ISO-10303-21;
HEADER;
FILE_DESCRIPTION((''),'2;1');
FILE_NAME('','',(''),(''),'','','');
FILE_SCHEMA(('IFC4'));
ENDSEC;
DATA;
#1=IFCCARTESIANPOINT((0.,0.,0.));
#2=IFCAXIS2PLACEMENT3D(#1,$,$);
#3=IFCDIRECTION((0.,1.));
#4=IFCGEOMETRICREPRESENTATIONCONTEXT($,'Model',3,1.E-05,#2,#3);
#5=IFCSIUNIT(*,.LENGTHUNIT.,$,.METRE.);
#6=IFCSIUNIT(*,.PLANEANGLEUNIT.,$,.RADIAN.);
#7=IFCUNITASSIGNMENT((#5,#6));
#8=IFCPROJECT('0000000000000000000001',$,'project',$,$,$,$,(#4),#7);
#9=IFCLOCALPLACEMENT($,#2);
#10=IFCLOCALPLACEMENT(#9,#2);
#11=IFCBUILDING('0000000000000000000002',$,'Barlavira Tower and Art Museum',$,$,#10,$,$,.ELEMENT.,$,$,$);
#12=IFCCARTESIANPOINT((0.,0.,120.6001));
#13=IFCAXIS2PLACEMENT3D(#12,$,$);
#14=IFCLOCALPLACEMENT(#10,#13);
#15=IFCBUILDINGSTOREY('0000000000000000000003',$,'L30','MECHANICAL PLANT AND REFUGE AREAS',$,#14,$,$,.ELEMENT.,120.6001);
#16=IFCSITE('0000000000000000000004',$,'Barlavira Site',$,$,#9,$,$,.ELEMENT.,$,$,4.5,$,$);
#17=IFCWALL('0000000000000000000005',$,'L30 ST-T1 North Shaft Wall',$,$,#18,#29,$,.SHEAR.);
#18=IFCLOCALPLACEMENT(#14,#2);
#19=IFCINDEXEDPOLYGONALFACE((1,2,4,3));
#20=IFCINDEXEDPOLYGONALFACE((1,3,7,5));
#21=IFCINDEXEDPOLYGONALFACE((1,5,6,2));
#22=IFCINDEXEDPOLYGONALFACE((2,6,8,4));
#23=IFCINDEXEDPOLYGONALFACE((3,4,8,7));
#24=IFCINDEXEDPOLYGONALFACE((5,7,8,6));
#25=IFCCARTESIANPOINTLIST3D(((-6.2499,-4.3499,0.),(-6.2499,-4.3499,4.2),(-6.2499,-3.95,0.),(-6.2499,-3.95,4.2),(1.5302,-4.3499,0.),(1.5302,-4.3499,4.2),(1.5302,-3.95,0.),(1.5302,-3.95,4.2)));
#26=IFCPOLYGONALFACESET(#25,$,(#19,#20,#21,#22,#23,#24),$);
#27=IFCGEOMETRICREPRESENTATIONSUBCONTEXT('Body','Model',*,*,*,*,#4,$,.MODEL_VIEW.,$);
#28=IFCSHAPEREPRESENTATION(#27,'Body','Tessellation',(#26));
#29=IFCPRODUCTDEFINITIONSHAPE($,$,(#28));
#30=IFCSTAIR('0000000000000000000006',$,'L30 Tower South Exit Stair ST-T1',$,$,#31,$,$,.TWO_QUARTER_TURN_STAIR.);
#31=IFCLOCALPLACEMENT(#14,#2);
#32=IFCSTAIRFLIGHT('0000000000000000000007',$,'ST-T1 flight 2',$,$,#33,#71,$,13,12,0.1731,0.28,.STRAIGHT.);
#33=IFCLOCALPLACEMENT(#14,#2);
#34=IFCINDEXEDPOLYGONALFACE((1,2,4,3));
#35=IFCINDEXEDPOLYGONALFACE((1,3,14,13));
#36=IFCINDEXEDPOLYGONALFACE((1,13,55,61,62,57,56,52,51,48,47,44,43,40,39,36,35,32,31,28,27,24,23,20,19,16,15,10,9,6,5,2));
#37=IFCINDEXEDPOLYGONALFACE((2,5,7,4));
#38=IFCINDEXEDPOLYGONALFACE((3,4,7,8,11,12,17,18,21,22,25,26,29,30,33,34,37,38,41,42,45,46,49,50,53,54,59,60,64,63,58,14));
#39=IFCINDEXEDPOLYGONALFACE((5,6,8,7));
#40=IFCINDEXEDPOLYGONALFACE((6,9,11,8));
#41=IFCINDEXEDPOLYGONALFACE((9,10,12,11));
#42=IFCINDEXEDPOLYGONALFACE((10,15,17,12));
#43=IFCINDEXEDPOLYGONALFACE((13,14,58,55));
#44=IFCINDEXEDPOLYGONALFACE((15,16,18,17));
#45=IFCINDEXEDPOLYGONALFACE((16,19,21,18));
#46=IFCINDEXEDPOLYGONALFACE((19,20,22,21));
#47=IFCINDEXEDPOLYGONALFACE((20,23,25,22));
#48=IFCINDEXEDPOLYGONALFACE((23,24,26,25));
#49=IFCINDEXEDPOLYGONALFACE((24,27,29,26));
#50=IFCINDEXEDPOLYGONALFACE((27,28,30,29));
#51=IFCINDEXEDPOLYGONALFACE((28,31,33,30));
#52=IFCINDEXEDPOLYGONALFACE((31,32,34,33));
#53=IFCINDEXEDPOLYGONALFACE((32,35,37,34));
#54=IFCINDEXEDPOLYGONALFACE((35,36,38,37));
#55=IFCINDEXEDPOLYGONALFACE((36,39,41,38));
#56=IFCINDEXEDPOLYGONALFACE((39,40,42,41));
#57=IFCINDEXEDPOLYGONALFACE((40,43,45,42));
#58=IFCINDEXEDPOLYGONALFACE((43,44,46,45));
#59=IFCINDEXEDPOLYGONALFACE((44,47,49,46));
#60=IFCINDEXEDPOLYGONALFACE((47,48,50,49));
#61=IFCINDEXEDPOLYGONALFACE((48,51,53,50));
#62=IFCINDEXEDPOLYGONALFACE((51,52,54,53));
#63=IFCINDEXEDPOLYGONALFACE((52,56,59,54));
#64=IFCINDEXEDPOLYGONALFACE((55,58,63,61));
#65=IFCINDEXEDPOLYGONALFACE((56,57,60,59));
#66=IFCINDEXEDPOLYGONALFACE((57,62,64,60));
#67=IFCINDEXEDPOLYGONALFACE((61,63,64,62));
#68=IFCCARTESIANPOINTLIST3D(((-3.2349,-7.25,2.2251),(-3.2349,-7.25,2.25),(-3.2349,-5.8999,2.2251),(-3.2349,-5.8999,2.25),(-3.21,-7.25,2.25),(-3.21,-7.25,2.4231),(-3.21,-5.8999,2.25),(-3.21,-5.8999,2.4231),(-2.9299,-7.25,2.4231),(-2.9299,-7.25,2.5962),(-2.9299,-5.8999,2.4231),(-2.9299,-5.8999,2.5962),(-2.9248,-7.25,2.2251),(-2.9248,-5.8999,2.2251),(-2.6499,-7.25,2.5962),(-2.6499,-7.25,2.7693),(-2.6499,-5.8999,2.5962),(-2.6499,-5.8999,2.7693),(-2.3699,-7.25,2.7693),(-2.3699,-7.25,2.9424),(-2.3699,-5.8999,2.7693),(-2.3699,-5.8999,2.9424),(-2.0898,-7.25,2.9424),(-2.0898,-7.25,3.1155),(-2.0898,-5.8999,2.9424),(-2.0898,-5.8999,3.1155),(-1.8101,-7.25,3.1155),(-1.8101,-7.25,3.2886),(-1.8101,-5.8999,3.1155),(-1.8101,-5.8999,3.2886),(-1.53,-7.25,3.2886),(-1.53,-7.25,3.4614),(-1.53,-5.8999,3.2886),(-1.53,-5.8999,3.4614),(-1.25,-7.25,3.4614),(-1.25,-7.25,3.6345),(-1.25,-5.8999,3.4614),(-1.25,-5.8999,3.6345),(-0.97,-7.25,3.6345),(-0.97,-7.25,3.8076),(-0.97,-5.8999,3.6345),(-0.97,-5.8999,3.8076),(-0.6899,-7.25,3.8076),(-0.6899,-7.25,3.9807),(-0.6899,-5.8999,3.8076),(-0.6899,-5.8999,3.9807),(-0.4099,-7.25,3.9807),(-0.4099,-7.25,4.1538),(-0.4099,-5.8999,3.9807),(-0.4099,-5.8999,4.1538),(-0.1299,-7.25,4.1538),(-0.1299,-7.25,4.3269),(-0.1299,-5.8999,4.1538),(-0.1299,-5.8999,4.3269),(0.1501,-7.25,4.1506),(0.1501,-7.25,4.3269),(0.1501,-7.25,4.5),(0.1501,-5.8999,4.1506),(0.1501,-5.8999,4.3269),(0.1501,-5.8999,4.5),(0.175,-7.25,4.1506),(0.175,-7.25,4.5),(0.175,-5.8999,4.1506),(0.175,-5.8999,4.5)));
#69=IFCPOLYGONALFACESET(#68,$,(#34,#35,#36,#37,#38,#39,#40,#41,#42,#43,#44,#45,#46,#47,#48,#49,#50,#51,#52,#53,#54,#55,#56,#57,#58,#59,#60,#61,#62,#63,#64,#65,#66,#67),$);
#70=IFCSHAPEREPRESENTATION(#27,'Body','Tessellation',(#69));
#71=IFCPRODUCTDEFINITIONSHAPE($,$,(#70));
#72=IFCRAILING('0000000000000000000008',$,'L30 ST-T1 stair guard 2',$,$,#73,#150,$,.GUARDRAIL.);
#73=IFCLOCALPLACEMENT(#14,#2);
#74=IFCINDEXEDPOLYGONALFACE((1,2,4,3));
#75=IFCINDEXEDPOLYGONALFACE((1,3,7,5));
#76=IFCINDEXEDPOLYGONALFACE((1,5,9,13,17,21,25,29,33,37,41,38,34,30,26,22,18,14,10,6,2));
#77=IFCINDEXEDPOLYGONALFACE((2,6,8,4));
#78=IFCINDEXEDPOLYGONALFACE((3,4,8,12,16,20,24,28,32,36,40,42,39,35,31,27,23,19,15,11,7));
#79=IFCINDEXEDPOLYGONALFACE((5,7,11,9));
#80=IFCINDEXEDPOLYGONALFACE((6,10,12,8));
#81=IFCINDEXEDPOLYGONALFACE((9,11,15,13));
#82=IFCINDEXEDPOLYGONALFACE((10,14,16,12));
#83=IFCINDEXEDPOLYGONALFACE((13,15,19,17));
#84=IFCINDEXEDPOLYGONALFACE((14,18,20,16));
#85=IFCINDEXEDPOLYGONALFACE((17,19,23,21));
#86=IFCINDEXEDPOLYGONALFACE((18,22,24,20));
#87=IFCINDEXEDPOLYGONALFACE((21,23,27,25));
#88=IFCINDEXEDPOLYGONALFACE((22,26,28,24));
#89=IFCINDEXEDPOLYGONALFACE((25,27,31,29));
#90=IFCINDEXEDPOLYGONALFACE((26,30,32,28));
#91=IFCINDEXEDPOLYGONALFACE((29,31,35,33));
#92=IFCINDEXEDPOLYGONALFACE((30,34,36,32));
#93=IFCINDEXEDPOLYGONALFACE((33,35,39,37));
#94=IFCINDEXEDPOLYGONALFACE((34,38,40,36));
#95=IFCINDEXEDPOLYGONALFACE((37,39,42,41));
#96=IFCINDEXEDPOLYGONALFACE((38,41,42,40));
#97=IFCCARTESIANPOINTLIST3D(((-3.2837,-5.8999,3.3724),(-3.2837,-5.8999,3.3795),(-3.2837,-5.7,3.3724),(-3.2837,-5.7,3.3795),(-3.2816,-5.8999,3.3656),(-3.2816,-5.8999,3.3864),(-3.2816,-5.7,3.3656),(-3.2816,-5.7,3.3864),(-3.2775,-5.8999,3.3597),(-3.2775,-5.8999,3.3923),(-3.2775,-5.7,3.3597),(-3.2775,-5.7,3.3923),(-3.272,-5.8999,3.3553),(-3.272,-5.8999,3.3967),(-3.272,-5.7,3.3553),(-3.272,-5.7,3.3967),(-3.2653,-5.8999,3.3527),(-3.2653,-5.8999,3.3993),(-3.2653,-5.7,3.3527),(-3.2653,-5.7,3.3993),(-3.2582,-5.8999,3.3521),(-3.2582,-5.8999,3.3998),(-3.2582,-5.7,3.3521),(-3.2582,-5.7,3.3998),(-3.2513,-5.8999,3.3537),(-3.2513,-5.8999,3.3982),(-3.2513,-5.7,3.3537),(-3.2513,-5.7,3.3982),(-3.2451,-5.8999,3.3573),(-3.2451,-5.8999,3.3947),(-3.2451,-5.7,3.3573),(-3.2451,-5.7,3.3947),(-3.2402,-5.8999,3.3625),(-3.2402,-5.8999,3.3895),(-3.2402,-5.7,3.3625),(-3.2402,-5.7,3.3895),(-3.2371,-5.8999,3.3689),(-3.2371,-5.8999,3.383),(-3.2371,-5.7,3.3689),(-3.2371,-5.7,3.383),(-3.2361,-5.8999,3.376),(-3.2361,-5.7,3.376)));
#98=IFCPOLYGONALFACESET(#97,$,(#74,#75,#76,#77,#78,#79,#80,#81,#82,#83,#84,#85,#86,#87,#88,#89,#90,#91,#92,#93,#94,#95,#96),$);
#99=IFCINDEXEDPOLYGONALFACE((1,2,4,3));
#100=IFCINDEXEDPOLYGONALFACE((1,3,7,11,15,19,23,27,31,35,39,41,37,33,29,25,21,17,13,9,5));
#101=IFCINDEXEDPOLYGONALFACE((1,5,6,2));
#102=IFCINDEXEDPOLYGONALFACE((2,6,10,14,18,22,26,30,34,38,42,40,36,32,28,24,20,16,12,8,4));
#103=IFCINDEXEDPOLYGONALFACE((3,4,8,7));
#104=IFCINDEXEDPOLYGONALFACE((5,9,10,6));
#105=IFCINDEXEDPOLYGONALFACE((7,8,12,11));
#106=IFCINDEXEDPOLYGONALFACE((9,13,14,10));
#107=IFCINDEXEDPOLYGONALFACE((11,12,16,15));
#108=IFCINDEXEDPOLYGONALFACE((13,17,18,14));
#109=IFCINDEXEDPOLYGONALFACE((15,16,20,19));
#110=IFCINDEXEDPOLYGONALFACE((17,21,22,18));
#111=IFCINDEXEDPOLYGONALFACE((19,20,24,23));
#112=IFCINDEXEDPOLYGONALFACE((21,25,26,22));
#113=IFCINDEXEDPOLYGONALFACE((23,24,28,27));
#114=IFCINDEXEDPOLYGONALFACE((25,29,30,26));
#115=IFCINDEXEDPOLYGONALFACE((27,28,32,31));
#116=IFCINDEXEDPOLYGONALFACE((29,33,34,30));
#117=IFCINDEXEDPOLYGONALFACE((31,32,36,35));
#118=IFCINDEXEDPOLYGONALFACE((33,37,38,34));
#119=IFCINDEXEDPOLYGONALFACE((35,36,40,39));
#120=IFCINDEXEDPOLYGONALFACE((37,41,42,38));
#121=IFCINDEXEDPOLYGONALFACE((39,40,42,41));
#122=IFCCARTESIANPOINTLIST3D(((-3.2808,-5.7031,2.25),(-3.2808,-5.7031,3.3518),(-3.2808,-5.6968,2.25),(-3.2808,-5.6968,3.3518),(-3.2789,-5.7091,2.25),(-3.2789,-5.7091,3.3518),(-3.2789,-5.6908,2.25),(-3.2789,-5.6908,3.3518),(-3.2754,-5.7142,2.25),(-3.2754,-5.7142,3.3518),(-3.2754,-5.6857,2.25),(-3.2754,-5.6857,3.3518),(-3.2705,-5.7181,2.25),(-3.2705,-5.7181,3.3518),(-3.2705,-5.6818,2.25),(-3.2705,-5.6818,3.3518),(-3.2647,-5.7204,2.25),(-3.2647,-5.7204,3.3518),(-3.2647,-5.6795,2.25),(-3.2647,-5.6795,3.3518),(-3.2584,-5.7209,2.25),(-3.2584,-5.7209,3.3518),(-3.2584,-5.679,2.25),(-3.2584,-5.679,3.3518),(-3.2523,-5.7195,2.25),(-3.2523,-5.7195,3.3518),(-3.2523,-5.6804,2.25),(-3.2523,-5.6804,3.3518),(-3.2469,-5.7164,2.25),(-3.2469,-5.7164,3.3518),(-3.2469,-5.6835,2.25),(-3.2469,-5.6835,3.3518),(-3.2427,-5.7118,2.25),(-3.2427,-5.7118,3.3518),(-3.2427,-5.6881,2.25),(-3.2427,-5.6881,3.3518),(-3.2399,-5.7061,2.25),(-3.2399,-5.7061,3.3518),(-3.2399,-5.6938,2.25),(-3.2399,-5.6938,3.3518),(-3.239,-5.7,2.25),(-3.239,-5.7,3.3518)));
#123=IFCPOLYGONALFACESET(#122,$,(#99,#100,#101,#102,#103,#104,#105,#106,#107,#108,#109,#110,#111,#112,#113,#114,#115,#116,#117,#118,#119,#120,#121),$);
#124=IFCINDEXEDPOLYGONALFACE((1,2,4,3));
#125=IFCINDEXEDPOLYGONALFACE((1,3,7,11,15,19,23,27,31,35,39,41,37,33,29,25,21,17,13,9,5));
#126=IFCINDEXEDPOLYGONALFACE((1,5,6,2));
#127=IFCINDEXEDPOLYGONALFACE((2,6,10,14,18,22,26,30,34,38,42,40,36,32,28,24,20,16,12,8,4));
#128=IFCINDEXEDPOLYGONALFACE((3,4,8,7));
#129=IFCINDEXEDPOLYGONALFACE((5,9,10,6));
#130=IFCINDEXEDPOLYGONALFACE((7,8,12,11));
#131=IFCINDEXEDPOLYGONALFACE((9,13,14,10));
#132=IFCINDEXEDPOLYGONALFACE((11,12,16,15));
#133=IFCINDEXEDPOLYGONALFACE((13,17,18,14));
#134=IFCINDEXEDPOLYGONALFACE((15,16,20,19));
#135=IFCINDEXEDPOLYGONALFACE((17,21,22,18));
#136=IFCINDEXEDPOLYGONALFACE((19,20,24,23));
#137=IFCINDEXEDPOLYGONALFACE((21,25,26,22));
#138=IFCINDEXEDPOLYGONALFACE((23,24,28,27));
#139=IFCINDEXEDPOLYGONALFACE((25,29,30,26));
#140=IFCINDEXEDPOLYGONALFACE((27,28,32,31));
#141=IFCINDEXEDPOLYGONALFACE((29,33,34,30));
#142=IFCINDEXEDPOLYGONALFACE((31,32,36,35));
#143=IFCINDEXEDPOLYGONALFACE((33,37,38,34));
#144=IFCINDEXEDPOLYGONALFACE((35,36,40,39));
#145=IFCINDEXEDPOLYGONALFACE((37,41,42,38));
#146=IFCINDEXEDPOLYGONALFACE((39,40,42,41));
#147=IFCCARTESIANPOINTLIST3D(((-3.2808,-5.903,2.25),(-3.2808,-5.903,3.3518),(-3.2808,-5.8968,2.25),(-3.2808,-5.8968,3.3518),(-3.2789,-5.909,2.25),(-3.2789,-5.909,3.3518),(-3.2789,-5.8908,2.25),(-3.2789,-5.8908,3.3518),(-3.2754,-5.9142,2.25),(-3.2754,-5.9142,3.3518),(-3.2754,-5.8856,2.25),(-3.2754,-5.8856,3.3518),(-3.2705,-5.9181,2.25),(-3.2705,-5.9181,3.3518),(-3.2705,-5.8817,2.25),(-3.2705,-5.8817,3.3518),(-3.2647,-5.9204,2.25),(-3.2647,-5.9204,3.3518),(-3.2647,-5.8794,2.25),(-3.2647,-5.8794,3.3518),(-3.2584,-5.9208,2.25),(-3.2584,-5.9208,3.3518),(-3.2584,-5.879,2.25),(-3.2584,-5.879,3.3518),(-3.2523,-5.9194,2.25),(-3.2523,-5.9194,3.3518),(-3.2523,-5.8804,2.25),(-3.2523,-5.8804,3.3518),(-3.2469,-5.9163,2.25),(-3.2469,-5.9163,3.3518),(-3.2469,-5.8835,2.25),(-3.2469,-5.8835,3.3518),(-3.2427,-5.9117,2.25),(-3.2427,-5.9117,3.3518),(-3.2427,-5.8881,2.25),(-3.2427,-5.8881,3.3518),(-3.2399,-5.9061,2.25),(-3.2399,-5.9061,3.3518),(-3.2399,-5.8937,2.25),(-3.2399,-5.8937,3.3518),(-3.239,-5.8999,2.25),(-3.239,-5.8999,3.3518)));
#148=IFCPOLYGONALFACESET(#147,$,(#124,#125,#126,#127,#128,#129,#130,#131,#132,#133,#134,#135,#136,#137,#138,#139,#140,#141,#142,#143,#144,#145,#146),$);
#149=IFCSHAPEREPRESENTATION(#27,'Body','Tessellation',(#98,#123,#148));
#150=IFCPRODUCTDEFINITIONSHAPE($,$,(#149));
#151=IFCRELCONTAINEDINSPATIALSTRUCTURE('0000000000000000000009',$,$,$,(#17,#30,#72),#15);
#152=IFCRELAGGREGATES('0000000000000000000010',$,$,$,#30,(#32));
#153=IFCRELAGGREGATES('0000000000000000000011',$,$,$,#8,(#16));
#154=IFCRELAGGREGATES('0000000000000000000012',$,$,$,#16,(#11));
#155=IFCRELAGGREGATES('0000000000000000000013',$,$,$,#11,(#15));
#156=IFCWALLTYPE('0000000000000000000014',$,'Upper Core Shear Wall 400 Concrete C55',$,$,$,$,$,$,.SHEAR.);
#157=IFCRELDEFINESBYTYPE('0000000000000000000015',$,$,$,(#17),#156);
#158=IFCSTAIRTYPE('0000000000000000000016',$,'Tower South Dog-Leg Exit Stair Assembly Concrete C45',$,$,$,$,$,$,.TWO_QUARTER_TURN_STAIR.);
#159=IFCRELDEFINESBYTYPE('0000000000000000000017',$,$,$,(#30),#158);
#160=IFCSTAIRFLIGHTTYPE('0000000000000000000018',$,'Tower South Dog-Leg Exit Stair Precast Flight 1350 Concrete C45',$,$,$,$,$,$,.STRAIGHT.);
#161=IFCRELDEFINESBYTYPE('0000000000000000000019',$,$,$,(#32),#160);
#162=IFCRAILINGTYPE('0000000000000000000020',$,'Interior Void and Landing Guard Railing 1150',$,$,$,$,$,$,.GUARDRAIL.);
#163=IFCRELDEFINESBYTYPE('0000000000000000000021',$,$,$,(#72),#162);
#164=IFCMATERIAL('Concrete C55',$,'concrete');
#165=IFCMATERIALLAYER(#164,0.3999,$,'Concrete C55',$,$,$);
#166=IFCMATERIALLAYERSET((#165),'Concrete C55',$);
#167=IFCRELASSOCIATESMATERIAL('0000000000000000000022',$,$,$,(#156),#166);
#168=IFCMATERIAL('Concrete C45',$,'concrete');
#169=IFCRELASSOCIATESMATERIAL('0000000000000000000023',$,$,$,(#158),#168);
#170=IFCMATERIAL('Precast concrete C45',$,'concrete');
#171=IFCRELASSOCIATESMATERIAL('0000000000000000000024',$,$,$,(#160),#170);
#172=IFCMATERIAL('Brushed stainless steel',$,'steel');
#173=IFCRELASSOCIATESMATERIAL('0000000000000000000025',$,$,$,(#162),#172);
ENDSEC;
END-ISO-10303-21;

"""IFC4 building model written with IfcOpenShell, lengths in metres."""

from ifc_helpers import new_model, si_unit, direction, frame, frame_2d, origin, origin_2d, place, context, subcontext, project, spatial, polyline, rectangle, circle, outline, extrude, material, layer, layer_set, type_object, element, aggregate, save


model = new_model("IFC4")

# Units and contexts
model_context = context("Model", 3, precision=1e-05, world=origin(), true_north=direction((0.0, 1.0)))
body_context = subcontext(model_context, "Body", "Model", "MODEL_VIEW")
ifc_project = project(units=[si_unit("LENGTHUNIT", "METRE"), si_unit("PLANEANGLEUNIT", "RADIAN")], contexts=[model_context])

# Site, building, storey
site_placement = place(None, origin())
site = spatial("IfcSite", under=ifc_project, at=site_placement, Name="Barlavira Site", CompositionType="ELEMENT", RefElevation=4.5)
building_placement = place(site_placement, origin())
building = spatial("IfcBuilding", under=site, at=building_placement, Name="Barlavira Tower and Art Museum", CompositionType="ELEMENT")
storey_placement = place(building_placement, frame((0.0, 0.0, 120.6001)))
storey = spatial("IfcBuildingStorey", under=building, at=storey_placement, Name="L30", Description="MECHANICAL PLANT AND REFUGE AREAS", CompositionType="ELEMENT", Elevation=120.6001)

# Shared definitions
ifc_material_1 = material(Name="Brushed stainless steel", Category="steel")

# Wall
ifc_material_2 = material(Name="Concrete C55", Category="concrete")
ifc_layer_1 = layer(ifc_material_2, 0.3999, Name="Concrete C55")
ifc_layer_set_1 = layer_set([ifc_layer_1], Name="Concrete C55")
wall_type_1 = type_object("IfcWallType", Name="Upper Core Shear Wall 400 Concrete C55", PredefinedType="SHEAR", material=ifc_layer_set_1)
wall_1_placement = place(storey_placement, frame((-6.25, -4.1499, 0.0), z_axis=(0.0, 0.0, 1.0), x_axis=(1.0, 0.0, 0.0)))
element("IfcWall", 1, at=wall_1_placement, inside=storey, type_object=wall_type_1, Name="L30 ST-T1 North Shaft Wall", PredefinedType="SHEAR", context=body_context, shape_type="SweptSolid", body=[
    extrude(rectangle(XDim=7.78, YDim=0.3999, at=frame_2d((3.8901, 0.0))), origin(), (0.0, 0.0, 1.0), 4.2),
])

# Stair, stair flight
ifc_material_3 = material(Name="Concrete C45", Category="concrete")
stair_type = type_object("IfcStairType", Name="Tower South Dog-Leg Exit Stair Assembly Concrete C45", PredefinedType="TWO_QUARTER_TURN_STAIR", material=ifc_material_3)
stair_placement = place(storey_placement, origin())
stair = element("IfcStair", 2, at=stair_placement, inside=storey, type_object=stair_type, Name="L30 Tower South Exit Stair ST-T1", PredefinedType="TWO_QUARTER_TURN_STAIR")
ifc_material_4 = material(Name="Precast concrete C45", Category="concrete")
stair_flight_type = type_object("IfcStairFlightType", Name="Tower South Dog-Leg Exit Stair Precast Flight 1350 Concrete C45", PredefinedType="STRAIGHT", material=ifc_material_4)
stair_flight_placement = place(storey_placement, frame((-3.21, -6.575, 2.25), z_axis=(0.0, 0.0, 1.0), x_axis=(1.0, 0.0, 0.0)))
stair_flight = element("IfcStairFlight", 3, at=stair_flight_placement, type_object=stair_flight_type, Name="ST-T1 flight 2", NumberOfRisers=13, NumberOfTreads=12, PredefinedType="STRAIGHT", RiserHeight=0.1731, TreadLength=0.28, context=body_context, shape_type="SweptSolid", body=[
    extrude(outline(polyline([(-0.0249, 0.0), (0.0, 0.0), (0.0, 0.1731), (0.28, 0.1731), (0.28, 0.3462), (0.5601, 0.3462), (0.5601, 0.5193), (0.8401, 0.5193), (0.8401, 0.6924), (1.1201, 0.6924), (1.1201, 0.8655), (1.3999, 0.8655), (1.3999, 1.0386), (1.6799, 1.0386), (1.6799, 1.2114), (1.96, 1.2114), (1.96, 1.3845), (2.24, 1.3845), (2.24, 1.5576), (2.52, 1.5576), (2.52, 1.7307), (2.8, 1.7307), (2.8, 1.9038), (3.0801, 1.9038), (3.0801, 2.0769), (3.3601, 2.0769), (3.3601, 2.25), (3.385, 2.25), (3.385, 1.9006), (3.3601, 1.9006), (0.2852, -0.0249), (-0.0249, -0.0249), (-0.0249, 0.0)])), frame((0.0, 0.675, 0.0), z_axis=(0.0, -1.0, 0.0), x_axis=(1.0, 0.0, 0.0)), (0.0, 0.0, 1.0), 1.3501),
])
aggregate(stair, [stair_flight])

# Railing
railing_type_1 = type_object("IfcRailingType", Name="Interior Void and Landing Guard Railing 1150", PredefinedType="GUARDRAIL", material=ifc_material_1)
railing_1_placement = place(storey_placement, frame((-3.26, -5.7, 2.25)))
element("IfcRailing", 4, at=railing_1_placement, inside=storey, type_object=railing_type_1, Name="L30 ST-T1 stair guard 2", PredefinedType="GUARDRAIL", context=body_context, shape_type="SweptSolid", body=[
    extrude(circle(Radius=0.0239, at=origin_2d()), frame((0.0, 0.0, 1.126), z_axis=(0.0, -1.0, 0.0), x_axis=(1.0, 0.0, 0.0)), (0.0, 0.0, 1.0), 0.2),
    extrude(circle(Radius=0.021, at=origin_2d()), origin(), (0.0, 0.0, 1.0), 1.1018),
    extrude(circle(Radius=0.021, at=origin_2d()), frame((0.0, -0.2, 0.0)), (0.0, 0.0, 1.0), 1.1018),
])

save(model, "model.ifc")
